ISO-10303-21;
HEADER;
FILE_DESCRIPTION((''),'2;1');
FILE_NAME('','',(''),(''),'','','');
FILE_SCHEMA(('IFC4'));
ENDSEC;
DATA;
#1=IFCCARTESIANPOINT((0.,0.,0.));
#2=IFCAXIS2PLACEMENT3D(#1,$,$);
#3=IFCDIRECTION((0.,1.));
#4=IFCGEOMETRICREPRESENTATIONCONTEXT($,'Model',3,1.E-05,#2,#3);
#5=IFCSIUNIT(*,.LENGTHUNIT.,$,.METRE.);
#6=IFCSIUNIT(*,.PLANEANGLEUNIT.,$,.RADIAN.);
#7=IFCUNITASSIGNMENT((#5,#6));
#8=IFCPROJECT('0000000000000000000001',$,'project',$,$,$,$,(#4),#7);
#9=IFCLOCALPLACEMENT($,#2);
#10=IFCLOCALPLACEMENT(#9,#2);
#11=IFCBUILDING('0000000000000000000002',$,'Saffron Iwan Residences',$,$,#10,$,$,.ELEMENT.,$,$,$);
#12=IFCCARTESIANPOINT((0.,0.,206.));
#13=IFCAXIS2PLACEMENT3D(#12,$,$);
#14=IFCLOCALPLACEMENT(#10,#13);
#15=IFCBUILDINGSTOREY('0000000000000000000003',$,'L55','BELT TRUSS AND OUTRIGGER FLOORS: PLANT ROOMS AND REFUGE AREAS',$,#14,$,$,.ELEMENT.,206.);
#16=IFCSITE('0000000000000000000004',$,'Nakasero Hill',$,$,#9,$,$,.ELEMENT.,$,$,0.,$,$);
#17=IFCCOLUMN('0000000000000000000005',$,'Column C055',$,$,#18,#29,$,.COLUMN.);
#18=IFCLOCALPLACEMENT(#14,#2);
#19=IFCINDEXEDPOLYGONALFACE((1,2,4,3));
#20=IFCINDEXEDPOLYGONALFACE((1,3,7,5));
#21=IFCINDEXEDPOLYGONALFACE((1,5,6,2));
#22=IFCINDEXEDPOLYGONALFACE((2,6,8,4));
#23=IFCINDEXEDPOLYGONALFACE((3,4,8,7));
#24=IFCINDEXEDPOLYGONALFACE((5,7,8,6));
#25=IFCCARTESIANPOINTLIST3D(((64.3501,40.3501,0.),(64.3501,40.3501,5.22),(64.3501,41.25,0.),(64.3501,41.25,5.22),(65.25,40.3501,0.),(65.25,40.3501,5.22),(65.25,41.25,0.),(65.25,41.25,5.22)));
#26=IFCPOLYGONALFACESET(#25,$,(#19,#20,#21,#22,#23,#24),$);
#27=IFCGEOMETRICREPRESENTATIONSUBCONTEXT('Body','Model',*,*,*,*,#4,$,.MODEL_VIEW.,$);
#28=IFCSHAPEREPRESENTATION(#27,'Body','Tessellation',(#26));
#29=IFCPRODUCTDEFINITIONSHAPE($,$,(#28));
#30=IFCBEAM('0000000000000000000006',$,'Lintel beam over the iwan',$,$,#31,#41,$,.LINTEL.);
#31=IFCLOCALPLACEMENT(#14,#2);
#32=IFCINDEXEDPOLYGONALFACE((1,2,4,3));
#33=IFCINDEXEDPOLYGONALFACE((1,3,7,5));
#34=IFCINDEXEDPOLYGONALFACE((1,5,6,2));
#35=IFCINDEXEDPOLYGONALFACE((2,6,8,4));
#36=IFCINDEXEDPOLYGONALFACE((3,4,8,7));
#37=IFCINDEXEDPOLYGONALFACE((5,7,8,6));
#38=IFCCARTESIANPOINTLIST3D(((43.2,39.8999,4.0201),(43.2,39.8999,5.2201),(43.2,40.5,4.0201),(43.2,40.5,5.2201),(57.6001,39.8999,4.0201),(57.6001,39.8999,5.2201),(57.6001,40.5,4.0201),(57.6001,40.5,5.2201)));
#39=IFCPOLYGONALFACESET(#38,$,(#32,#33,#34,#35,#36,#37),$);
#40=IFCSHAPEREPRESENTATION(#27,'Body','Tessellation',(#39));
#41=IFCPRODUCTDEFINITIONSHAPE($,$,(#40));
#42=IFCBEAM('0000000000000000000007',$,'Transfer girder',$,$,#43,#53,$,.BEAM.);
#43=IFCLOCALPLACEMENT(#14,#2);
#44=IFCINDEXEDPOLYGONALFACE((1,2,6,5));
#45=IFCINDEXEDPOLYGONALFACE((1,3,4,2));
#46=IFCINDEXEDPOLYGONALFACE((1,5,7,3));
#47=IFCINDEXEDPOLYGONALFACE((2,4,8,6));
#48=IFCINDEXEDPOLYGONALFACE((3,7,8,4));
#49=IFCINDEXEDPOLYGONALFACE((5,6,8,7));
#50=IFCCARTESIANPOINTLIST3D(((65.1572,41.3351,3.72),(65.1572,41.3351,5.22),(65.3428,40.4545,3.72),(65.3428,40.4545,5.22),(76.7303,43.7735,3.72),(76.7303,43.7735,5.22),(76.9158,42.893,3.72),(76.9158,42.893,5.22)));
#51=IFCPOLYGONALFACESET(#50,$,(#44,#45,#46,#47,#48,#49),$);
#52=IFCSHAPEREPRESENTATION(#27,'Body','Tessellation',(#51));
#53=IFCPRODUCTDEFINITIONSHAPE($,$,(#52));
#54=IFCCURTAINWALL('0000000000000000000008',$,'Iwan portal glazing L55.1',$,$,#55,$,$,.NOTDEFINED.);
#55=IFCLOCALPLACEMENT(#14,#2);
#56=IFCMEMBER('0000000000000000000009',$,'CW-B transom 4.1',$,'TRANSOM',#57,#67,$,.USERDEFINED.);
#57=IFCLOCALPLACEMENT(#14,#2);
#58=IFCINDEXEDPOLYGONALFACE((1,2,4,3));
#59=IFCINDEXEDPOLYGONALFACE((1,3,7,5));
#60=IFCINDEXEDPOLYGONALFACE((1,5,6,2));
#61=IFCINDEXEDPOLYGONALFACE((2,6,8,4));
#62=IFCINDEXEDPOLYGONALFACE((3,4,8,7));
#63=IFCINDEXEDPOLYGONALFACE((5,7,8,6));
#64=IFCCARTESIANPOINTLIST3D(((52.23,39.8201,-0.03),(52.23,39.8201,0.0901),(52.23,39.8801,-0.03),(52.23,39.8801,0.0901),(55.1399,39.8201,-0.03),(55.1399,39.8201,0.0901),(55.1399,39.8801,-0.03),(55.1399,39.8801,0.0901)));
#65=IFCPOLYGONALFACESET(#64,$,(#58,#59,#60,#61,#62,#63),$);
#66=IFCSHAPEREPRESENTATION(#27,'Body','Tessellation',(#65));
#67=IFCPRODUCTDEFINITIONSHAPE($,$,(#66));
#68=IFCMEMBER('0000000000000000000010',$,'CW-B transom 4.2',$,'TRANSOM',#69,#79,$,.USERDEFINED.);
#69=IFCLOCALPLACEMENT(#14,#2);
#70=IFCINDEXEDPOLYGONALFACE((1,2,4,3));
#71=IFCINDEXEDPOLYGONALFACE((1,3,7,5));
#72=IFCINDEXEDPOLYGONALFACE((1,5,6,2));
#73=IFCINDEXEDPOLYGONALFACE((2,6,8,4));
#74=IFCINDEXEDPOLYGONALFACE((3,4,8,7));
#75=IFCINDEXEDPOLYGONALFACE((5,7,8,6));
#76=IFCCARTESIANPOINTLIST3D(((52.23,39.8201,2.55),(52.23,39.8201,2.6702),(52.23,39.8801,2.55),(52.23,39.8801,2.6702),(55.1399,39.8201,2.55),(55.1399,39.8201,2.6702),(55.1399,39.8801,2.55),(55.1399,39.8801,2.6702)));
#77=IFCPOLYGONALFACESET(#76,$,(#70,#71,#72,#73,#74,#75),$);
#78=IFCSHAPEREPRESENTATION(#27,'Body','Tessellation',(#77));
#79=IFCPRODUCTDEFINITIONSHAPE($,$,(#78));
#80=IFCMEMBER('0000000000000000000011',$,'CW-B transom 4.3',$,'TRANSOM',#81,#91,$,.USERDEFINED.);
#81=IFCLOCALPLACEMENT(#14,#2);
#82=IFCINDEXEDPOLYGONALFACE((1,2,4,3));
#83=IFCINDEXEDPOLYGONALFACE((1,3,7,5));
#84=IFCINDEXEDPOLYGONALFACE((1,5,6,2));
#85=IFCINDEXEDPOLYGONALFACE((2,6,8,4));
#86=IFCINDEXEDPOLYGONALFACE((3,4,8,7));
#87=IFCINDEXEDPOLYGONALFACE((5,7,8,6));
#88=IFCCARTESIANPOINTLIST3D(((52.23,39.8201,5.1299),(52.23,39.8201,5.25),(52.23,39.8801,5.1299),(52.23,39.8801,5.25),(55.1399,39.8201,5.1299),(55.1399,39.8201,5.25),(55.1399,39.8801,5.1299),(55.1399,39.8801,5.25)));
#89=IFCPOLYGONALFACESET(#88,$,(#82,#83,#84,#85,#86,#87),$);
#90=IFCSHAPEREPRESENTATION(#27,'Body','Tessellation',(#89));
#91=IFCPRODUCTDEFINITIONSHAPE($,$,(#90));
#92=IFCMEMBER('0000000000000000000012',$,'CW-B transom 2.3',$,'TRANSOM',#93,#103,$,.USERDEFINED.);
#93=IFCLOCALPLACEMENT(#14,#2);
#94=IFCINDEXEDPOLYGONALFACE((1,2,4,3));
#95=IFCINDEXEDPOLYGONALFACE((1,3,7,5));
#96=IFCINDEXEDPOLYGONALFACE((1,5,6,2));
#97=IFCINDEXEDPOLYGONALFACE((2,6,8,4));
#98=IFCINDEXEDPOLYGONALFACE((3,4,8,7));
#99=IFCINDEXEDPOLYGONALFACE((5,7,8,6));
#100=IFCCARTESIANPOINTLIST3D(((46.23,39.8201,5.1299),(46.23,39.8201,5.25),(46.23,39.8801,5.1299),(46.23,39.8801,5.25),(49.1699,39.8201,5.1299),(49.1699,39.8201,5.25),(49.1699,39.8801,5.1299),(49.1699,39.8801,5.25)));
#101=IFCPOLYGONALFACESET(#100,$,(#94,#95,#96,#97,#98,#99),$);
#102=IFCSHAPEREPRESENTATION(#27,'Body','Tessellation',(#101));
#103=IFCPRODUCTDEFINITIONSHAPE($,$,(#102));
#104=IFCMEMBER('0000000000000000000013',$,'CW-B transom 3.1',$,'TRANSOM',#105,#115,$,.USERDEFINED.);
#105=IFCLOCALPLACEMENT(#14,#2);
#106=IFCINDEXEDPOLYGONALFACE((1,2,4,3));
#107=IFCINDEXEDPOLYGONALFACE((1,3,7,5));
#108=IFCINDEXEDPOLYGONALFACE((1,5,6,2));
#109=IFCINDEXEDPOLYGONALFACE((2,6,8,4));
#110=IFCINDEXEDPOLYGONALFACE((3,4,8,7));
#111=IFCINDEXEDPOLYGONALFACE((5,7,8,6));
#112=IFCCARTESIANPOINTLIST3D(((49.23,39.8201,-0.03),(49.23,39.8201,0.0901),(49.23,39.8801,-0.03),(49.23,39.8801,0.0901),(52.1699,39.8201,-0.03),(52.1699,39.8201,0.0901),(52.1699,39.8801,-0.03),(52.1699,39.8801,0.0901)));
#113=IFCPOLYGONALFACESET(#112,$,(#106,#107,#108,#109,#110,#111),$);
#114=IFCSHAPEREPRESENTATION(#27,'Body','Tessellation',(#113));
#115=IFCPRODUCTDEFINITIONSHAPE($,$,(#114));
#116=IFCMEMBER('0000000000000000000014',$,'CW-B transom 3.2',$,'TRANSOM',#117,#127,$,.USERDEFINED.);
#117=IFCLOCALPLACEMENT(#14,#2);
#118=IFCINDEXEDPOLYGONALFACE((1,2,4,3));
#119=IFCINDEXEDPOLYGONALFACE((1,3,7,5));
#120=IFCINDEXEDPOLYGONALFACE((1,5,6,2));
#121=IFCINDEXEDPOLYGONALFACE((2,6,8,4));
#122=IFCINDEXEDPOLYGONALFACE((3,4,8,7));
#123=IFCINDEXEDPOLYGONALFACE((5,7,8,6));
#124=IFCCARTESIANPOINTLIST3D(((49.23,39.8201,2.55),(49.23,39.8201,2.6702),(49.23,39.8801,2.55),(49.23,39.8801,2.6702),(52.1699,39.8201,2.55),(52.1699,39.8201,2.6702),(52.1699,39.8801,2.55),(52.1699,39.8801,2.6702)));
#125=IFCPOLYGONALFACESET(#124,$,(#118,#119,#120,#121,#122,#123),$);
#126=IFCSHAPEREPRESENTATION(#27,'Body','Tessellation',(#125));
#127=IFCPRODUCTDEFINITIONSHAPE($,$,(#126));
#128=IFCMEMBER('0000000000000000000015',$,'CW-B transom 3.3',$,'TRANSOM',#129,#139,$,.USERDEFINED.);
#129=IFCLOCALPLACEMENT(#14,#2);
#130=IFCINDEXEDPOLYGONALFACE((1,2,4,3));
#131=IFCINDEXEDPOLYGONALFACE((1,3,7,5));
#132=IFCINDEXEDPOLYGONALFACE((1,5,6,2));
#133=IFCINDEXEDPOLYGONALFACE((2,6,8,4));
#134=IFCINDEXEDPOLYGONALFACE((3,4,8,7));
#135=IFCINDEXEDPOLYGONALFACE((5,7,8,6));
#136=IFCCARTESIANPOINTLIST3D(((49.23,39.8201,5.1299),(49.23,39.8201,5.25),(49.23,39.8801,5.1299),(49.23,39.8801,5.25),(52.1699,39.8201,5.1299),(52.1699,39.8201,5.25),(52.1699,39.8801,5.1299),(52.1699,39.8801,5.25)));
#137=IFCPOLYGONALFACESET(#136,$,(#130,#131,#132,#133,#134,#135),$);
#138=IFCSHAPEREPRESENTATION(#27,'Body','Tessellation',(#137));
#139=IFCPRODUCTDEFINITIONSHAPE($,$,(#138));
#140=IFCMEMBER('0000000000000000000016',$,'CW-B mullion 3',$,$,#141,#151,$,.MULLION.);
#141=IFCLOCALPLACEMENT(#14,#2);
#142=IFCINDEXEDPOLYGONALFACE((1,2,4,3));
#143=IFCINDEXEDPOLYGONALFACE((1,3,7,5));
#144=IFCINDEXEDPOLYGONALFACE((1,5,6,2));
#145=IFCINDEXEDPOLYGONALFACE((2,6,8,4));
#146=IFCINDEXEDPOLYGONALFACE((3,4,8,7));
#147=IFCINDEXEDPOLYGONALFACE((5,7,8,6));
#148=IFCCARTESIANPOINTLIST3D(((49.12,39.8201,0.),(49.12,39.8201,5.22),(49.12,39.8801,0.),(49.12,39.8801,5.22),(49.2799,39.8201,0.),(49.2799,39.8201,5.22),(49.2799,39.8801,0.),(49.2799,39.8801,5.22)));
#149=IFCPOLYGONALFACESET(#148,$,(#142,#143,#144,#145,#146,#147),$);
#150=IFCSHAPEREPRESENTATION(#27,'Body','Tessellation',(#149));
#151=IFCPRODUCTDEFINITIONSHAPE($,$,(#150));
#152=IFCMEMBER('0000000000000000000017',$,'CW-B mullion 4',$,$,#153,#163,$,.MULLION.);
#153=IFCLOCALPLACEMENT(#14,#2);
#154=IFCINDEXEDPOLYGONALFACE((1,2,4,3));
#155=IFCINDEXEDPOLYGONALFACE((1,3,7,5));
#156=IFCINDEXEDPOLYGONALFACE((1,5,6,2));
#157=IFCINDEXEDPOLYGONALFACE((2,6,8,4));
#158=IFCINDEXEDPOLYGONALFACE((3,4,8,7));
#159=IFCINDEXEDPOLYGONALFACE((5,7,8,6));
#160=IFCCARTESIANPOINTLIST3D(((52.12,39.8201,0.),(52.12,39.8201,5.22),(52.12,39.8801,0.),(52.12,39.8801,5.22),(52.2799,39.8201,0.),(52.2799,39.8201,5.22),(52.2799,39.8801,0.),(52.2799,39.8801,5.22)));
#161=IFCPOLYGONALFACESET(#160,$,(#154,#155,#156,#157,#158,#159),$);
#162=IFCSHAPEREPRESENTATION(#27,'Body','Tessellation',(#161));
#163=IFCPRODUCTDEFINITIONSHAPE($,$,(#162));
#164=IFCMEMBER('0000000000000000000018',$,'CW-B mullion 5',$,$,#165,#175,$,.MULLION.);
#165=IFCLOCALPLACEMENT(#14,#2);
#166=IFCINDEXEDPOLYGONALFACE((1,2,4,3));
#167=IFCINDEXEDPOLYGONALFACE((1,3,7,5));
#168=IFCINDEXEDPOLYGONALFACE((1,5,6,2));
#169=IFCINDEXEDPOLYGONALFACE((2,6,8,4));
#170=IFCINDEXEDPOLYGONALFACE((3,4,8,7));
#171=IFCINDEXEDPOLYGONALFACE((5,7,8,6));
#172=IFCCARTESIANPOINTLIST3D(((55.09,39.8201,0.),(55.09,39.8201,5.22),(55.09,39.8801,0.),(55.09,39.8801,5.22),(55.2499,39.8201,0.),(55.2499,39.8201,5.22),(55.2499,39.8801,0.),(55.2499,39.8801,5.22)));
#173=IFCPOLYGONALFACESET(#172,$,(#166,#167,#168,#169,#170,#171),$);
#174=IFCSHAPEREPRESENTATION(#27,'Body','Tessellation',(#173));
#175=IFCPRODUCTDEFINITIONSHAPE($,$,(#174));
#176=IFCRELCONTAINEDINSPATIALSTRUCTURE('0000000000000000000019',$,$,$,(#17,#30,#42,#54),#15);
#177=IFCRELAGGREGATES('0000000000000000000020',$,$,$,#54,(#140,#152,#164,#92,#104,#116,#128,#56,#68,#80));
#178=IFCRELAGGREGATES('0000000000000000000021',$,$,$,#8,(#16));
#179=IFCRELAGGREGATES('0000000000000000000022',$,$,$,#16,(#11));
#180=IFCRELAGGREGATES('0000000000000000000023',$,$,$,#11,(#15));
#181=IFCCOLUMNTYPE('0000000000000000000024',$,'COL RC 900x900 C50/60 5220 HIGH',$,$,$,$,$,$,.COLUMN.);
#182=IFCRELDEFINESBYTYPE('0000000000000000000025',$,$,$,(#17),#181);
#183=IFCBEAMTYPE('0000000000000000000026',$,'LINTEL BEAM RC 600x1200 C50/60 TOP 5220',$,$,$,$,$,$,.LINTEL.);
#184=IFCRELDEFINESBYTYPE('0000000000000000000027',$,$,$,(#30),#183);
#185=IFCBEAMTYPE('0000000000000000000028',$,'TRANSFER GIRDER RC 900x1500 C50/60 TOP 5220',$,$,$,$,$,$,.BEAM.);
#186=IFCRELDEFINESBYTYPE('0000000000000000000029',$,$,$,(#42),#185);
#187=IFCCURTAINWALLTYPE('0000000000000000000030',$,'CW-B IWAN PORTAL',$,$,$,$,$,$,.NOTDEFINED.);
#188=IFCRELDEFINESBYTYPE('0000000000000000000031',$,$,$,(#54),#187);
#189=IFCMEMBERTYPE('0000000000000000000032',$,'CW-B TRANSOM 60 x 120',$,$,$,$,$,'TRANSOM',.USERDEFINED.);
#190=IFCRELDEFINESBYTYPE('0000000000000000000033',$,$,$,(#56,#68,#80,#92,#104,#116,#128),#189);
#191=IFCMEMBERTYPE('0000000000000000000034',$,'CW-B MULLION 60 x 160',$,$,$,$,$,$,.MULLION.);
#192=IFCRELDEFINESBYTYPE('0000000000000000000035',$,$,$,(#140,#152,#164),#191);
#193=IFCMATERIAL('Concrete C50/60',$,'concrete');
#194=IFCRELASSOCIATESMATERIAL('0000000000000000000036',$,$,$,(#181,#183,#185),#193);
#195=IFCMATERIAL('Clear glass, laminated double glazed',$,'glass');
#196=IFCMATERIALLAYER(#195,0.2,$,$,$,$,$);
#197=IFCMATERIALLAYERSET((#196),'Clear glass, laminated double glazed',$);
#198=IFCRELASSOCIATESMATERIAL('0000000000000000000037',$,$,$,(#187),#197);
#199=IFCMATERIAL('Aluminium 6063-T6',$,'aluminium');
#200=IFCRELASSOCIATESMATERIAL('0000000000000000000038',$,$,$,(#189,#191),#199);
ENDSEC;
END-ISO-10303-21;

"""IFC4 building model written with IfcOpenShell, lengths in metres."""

from ifc_helpers import new_model, si_unit, direction, frame, origin, origin_2d, place, context, subcontext, project, spatial, rectangle, extrude, source, transform, mapped, material, layer, layer_set, material_profile, profile_set, type_object, element, aggregate, save


model = new_model("IFC4")

# Units and contexts
model_context = context("Model", 3, precision=1e-05, world=origin(), true_north=direction((0.0, 1.0)))
body_context = subcontext(model_context, "Body", "Model", "MODEL_VIEW")
ifc_project = project(units=[si_unit("LENGTHUNIT", "METRE"), si_unit("PLANEANGLEUNIT", "RADIAN")], contexts=[model_context])

# Site, building, storey
site_placement = place(None, origin())
site = spatial("IfcSite", under=ifc_project, at=site_placement, Name="Nakasero Hill", CompositionType="ELEMENT", RefElevation=0.0)
building_placement = place(site_placement, origin())
building = spatial("IfcBuilding", under=site, at=building_placement, Name="Saffron Iwan Residences", CompositionType="ELEMENT")
storey_placement = place(building_placement, frame((0.0, 0.0, 206.0)))
storey = spatial("IfcBuildingStorey", under=building, at=storey_placement, Name="L55", Description="BELT TRUSS AND OUTRIGGER FLOORS: PLANT ROOMS AND REFUGE AREAS", CompositionType="ELEMENT", Elevation=206.0)

# Column
ifc_material_1 = material(Name="Concrete C50/60", Category="concrete")
ifc_material_profile_1 = material_profile(ifc_material_1, rectangle(XDim=0.8999, YDim=0.8999, at=origin_2d()), Name="RC 900x900")
ifc_profile_set_1 = profile_set([ifc_material_profile_1], Name="Concrete C50/60")
column_type = type_object("IfcColumnType", Name="COL RC 900x900 C50/60 5220 HIGH", PredefinedType="COLUMN", material=ifc_profile_set_1)
shared_shape_1 = source(origin(), body_context, "Body", "SweptSolid", [
    extrude(rectangle(XDim=0.8999, YDim=0.8999, at=origin_2d()), origin(), (0.0, 0.0, 1.0), 5.22),
])
column_placement = place(storey_placement, frame((64.8, 40.8, 0.0), z_axis=(0.0, 0.0, 1.0), x_axis=(1.0, 0.0, 0.0)))
element("IfcColumn", 1, at=column_placement, inside=storey, type_object=column_type, Name="Column C055", PredefinedType="COLUMN", context=body_context, shape_type="MappedRepresentation", body=[
    mapped(shared_shape_1, transform((0.0, 0.0, 0.0))),
])

# Beams
ifc_material_profile_2 = material_profile(ifc_material_1, rectangle(XDim=0.6001, YDim=1.2, at=origin_2d()), Name="RC 600x1200")
ifc_profile_set_2 = profile_set([ifc_material_profile_2], Name="Concrete C50/60")
beam_type_1 = type_object("IfcBeamType", Name="LINTEL BEAM RC 600x1200 C50/60 TOP 5220", PredefinedType="LINTEL", material=ifc_profile_set_2)
shared_shape_2 = source(origin(), body_context, "Body", "SweptSolid", [
    extrude(rectangle(XDim=0.6001, YDim=1.2, at=origin_2d()), origin(), (0.0, 0.0, 1.0), 14.4001),
])
beam_1_placement = place(storey_placement, frame((57.6001, 40.2, 4.6201), z_axis=(-1.0, 0.0, 0.0), x_axis=(0.0, -1.0, 0.0)))
element("IfcBeam", 2, at=beam_1_placement, inside=storey, type_object=beam_type_1, Name="Lintel beam over the iwan", PredefinedType="LINTEL", context=body_context, shape_type="MappedRepresentation", body=[
    mapped(shared_shape_2, transform((0.0, 0.0, 0.0))),
])
ifc_material_profile_3 = material_profile(ifc_material_1, rectangle(XDim=0.8999, YDim=1.5, at=origin_2d()), Name="RC 900x1500")
ifc_profile_set_3 = profile_set([ifc_material_profile_3], Name="Concrete C50/60")
beam_type_2 = type_object("IfcBeamType", Name="TRANSFER GIRDER RC 900x1500 C50/60 TOP 5220", PredefinedType="BEAM", material=ifc_profile_set_3)
shared_shape_3 = source(origin(), body_context, "Body", "SweptSolid", [
    extrude(rectangle(XDim=0.8999, YDim=1.5, at=origin_2d()), origin(), (0.0, 0.0, 1.0), 11.8271),
])
beam_2_placement = place(storey_placement, frame((65.25, 40.8948, 4.47), z_axis=(0.978515, 0.206177, 0.0), x_axis=(-0.206177, 0.978515, 0.0)))
element("IfcBeam", 3, at=beam_2_placement, inside=storey, type_object=beam_type_2, Name="Transfer girder", PredefinedType="BEAM", context=body_context, shape_type="MappedRepresentation", body=[
    mapped(shared_shape_3, transform((0.0, 0.0, 0.0))),
])

# Curtain wall, members
ifc_material_2 = material(Name="Clear glass, laminated double glazed", Category="glass")
ifc_layer_1 = layer(ifc_material_2, 0.2)
ifc_layer_set_1 = layer_set([ifc_layer_1], Name="Clear glass, laminated double glazed")
curtain_wall_type = type_object("IfcCurtainWallType", Name="CW-B IWAN PORTAL", PredefinedType="NOTDEFINED", material=ifc_layer_set_1)
curtain_wall_placement = place(storey_placement, origin())
curtain_wall = element("IfcCurtainWall", 4, at=curtain_wall_placement, inside=storey, type_object=curtain_wall_type, Name="Iwan portal glazing L55.1", PredefinedType="NOTDEFINED")
ifc_material_3 = material(Name="Aluminium 6063-T6", Category="aluminium")
ifc_material_profile_4 = material_profile(ifc_material_3, rectangle(XDim=0.0601, YDim=0.1201, at=origin_2d()), Name="CW-B TRANSOM 60 x 120")
ifc_profile_set_4 = profile_set([ifc_material_profile_4], Name="Aluminium 6063-T6")
member_type_1 = type_object("IfcMemberType", Name="CW-B TRANSOM 60 x 120", ElementType="TRANSOM", PredefinedType="USERDEFINED", material=ifc_profile_set_4)
shared_shape_4 = source(origin(), body_context, "Body", "SweptSolid", [
    extrude(rectangle(XDim=0.0601, YDim=0.1201, at=origin_2d()), origin(), (0.0, 0.0, 1.0), 2.9099),
])
member_1_placement = place(storey_placement, frame((52.23, 39.8501, 0.03), z_axis=(1.0, 0.0, 0.0), x_axis=(0.0, 1.0, 0.0)))
member_1 = element("IfcMember", 5, at=member_1_placement, type_object=member_type_1, Name="CW-B transom 4.1", ObjectType="TRANSOM", PredefinedType="USERDEFINED", context=body_context, shape_type="MappedRepresentation", body=[
    mapped(shared_shape_4, transform((0.0, 0.0, 0.0))),
])
member_2_placement = place(storey_placement, frame((52.23, 39.8501, 2.6101), z_axis=(1.0, 0.0, 0.0), x_axis=(0.0, 1.0, 0.0)))
member_2 = element("IfcMember", 6, at=member_2_placement, type_object=member_type_1, Name="CW-B transom 4.2", ObjectType="TRANSOM", PredefinedType="USERDEFINED", context=body_context, shape_type="MappedRepresentation", body=[
    mapped(shared_shape_4, transform((0.0, 0.0, 0.0))),
])
member_3_placement = place(storey_placement, frame((52.23, 39.8501, 5.1899), z_axis=(1.0, 0.0, 0.0), x_axis=(0.0, 1.0, 0.0)))
member_3 = element("IfcMember", 7, at=member_3_placement, type_object=member_type_1, Name="CW-B transom 4.3", ObjectType="TRANSOM", PredefinedType="USERDEFINED", context=body_context, shape_type="MappedRepresentation", body=[
    mapped(shared_shape_4, transform((0.0, 0.0, 0.0))),
])
shared_shape_5 = source(origin(), body_context, "Body", "SweptSolid", [
    extrude(rectangle(XDim=0.0601, YDim=0.1201, at=origin_2d()), origin(), (0.0, 0.0, 1.0), 2.9399),
])
member_4_placement = place(storey_placement, frame((46.23, 39.8501, 5.1899), z_axis=(1.0, 0.0, 0.0), x_axis=(0.0, 1.0, 0.0)))
member_4 = element("IfcMember", 8, at=member_4_placement, type_object=member_type_1, Name="CW-B transom 2.3", ObjectType="TRANSOM", PredefinedType="USERDEFINED", context=body_context, shape_type="MappedRepresentation", body=[
    mapped(shared_shape_5, transform((0.0, 0.0, 0.0))),
])
member_5_placement = place(storey_placement, frame((49.23, 39.8501, 0.03), z_axis=(1.0, 0.0, 0.0), x_axis=(0.0, 1.0, 0.0)))
member_5 = element("IfcMember", 9, at=member_5_placement, type_object=member_type_1, Name="CW-B transom 3.1", ObjectType="TRANSOM", PredefinedType="USERDEFINED", context=body_context, shape_type="MappedRepresentation", body=[
    mapped(shared_shape_5, transform((0.0, 0.0, 0.0))),
])
member_6_placement = place(storey_placement, frame((49.23, 39.8501, 2.6101), z_axis=(1.0, 0.0, 0.0), x_axis=(0.0, 1.0, 0.0)))
member_6 = element("IfcMember", 10, at=member_6_placement, type_object=member_type_1, Name="CW-B transom 3.2", ObjectType="TRANSOM", PredefinedType="USERDEFINED", context=body_context, shape_type="MappedRepresentation", body=[
    mapped(shared_shape_5, transform((0.0, 0.0, 0.0))),
])
member_7_placement = place(storey_placement, frame((49.23, 39.8501, 5.1899), z_axis=(1.0, 0.0, 0.0), x_axis=(0.0, 1.0, 0.0)))
member_7 = element("IfcMember", 11, at=member_7_placement, type_object=member_type_1, Name="CW-B transom 3.3", ObjectType="TRANSOM", PredefinedType="USERDEFINED", context=body_context, shape_type="MappedRepresentation", body=[
    mapped(shared_shape_5, transform((0.0, 0.0, 0.0))),
])
ifc_material_profile_5 = material_profile(ifc_material_3, rectangle(XDim=0.0601, YDim=0.1599, at=origin_2d()), Name="CW-B MULLION 60 x 160")
ifc_profile_set_5 = profile_set([ifc_material_profile_5], Name="Aluminium 6063-T6")
member_type_2 = type_object("IfcMemberType", Name="CW-B MULLION 60 x 160", PredefinedType="MULLION", material=ifc_profile_set_5)
shared_shape_6 = source(origin(), body_context, "Body", "SweptSolid", [
    extrude(rectangle(XDim=0.0601, YDim=0.1599, at=origin_2d()), origin(), (0.0, 0.0, 1.0), 5.22),
])
member_8_placement = place(storey_placement, frame((49.2, 39.8501, 0.0), z_axis=(0.0, 0.0, 1.0), x_axis=(0.0, 1.0, 0.0)))
member_8 = element("IfcMember", 12, at=member_8_placement, type_object=member_type_2, Name="CW-B mullion 3", PredefinedType="MULLION", context=body_context, shape_type="MappedRepresentation", body=[
    mapped(shared_shape_6, transform((0.0, 0.0, 0.0))),
])
member_9_placement = place(storey_placement, frame((52.2, 39.8501, 0.0), z_axis=(0.0, 0.0, 1.0), x_axis=(0.0, 1.0, 0.0)))
member_9 = element("IfcMember", 13, at=member_9_placement, type_object=member_type_2, Name="CW-B mullion 4", PredefinedType="MULLION", context=body_context, shape_type="MappedRepresentation", body=[
    mapped(shared_shape_6, transform((0.0, 0.0, 0.0))),
])
member_10_placement = place(storey_placement, frame((55.1699, 39.8501, 0.0), z_axis=(0.0, 0.0, 1.0), x_axis=(0.0, 1.0, 0.0)))
member_10 = element("IfcMember", 14, at=member_10_placement, type_object=member_type_2, Name="CW-B mullion 5", PredefinedType="MULLION", context=body_context, shape_type="MappedRepresentation", body=[
    mapped(shared_shape_6, transform((0.0, 0.0, 0.0))),
])
aggregate(curtain_wall, [member_8, member_9, member_10, member_4, member_5, member_6, member_7, member_1, member_2, member_3])

save(model, "model.ifc")
